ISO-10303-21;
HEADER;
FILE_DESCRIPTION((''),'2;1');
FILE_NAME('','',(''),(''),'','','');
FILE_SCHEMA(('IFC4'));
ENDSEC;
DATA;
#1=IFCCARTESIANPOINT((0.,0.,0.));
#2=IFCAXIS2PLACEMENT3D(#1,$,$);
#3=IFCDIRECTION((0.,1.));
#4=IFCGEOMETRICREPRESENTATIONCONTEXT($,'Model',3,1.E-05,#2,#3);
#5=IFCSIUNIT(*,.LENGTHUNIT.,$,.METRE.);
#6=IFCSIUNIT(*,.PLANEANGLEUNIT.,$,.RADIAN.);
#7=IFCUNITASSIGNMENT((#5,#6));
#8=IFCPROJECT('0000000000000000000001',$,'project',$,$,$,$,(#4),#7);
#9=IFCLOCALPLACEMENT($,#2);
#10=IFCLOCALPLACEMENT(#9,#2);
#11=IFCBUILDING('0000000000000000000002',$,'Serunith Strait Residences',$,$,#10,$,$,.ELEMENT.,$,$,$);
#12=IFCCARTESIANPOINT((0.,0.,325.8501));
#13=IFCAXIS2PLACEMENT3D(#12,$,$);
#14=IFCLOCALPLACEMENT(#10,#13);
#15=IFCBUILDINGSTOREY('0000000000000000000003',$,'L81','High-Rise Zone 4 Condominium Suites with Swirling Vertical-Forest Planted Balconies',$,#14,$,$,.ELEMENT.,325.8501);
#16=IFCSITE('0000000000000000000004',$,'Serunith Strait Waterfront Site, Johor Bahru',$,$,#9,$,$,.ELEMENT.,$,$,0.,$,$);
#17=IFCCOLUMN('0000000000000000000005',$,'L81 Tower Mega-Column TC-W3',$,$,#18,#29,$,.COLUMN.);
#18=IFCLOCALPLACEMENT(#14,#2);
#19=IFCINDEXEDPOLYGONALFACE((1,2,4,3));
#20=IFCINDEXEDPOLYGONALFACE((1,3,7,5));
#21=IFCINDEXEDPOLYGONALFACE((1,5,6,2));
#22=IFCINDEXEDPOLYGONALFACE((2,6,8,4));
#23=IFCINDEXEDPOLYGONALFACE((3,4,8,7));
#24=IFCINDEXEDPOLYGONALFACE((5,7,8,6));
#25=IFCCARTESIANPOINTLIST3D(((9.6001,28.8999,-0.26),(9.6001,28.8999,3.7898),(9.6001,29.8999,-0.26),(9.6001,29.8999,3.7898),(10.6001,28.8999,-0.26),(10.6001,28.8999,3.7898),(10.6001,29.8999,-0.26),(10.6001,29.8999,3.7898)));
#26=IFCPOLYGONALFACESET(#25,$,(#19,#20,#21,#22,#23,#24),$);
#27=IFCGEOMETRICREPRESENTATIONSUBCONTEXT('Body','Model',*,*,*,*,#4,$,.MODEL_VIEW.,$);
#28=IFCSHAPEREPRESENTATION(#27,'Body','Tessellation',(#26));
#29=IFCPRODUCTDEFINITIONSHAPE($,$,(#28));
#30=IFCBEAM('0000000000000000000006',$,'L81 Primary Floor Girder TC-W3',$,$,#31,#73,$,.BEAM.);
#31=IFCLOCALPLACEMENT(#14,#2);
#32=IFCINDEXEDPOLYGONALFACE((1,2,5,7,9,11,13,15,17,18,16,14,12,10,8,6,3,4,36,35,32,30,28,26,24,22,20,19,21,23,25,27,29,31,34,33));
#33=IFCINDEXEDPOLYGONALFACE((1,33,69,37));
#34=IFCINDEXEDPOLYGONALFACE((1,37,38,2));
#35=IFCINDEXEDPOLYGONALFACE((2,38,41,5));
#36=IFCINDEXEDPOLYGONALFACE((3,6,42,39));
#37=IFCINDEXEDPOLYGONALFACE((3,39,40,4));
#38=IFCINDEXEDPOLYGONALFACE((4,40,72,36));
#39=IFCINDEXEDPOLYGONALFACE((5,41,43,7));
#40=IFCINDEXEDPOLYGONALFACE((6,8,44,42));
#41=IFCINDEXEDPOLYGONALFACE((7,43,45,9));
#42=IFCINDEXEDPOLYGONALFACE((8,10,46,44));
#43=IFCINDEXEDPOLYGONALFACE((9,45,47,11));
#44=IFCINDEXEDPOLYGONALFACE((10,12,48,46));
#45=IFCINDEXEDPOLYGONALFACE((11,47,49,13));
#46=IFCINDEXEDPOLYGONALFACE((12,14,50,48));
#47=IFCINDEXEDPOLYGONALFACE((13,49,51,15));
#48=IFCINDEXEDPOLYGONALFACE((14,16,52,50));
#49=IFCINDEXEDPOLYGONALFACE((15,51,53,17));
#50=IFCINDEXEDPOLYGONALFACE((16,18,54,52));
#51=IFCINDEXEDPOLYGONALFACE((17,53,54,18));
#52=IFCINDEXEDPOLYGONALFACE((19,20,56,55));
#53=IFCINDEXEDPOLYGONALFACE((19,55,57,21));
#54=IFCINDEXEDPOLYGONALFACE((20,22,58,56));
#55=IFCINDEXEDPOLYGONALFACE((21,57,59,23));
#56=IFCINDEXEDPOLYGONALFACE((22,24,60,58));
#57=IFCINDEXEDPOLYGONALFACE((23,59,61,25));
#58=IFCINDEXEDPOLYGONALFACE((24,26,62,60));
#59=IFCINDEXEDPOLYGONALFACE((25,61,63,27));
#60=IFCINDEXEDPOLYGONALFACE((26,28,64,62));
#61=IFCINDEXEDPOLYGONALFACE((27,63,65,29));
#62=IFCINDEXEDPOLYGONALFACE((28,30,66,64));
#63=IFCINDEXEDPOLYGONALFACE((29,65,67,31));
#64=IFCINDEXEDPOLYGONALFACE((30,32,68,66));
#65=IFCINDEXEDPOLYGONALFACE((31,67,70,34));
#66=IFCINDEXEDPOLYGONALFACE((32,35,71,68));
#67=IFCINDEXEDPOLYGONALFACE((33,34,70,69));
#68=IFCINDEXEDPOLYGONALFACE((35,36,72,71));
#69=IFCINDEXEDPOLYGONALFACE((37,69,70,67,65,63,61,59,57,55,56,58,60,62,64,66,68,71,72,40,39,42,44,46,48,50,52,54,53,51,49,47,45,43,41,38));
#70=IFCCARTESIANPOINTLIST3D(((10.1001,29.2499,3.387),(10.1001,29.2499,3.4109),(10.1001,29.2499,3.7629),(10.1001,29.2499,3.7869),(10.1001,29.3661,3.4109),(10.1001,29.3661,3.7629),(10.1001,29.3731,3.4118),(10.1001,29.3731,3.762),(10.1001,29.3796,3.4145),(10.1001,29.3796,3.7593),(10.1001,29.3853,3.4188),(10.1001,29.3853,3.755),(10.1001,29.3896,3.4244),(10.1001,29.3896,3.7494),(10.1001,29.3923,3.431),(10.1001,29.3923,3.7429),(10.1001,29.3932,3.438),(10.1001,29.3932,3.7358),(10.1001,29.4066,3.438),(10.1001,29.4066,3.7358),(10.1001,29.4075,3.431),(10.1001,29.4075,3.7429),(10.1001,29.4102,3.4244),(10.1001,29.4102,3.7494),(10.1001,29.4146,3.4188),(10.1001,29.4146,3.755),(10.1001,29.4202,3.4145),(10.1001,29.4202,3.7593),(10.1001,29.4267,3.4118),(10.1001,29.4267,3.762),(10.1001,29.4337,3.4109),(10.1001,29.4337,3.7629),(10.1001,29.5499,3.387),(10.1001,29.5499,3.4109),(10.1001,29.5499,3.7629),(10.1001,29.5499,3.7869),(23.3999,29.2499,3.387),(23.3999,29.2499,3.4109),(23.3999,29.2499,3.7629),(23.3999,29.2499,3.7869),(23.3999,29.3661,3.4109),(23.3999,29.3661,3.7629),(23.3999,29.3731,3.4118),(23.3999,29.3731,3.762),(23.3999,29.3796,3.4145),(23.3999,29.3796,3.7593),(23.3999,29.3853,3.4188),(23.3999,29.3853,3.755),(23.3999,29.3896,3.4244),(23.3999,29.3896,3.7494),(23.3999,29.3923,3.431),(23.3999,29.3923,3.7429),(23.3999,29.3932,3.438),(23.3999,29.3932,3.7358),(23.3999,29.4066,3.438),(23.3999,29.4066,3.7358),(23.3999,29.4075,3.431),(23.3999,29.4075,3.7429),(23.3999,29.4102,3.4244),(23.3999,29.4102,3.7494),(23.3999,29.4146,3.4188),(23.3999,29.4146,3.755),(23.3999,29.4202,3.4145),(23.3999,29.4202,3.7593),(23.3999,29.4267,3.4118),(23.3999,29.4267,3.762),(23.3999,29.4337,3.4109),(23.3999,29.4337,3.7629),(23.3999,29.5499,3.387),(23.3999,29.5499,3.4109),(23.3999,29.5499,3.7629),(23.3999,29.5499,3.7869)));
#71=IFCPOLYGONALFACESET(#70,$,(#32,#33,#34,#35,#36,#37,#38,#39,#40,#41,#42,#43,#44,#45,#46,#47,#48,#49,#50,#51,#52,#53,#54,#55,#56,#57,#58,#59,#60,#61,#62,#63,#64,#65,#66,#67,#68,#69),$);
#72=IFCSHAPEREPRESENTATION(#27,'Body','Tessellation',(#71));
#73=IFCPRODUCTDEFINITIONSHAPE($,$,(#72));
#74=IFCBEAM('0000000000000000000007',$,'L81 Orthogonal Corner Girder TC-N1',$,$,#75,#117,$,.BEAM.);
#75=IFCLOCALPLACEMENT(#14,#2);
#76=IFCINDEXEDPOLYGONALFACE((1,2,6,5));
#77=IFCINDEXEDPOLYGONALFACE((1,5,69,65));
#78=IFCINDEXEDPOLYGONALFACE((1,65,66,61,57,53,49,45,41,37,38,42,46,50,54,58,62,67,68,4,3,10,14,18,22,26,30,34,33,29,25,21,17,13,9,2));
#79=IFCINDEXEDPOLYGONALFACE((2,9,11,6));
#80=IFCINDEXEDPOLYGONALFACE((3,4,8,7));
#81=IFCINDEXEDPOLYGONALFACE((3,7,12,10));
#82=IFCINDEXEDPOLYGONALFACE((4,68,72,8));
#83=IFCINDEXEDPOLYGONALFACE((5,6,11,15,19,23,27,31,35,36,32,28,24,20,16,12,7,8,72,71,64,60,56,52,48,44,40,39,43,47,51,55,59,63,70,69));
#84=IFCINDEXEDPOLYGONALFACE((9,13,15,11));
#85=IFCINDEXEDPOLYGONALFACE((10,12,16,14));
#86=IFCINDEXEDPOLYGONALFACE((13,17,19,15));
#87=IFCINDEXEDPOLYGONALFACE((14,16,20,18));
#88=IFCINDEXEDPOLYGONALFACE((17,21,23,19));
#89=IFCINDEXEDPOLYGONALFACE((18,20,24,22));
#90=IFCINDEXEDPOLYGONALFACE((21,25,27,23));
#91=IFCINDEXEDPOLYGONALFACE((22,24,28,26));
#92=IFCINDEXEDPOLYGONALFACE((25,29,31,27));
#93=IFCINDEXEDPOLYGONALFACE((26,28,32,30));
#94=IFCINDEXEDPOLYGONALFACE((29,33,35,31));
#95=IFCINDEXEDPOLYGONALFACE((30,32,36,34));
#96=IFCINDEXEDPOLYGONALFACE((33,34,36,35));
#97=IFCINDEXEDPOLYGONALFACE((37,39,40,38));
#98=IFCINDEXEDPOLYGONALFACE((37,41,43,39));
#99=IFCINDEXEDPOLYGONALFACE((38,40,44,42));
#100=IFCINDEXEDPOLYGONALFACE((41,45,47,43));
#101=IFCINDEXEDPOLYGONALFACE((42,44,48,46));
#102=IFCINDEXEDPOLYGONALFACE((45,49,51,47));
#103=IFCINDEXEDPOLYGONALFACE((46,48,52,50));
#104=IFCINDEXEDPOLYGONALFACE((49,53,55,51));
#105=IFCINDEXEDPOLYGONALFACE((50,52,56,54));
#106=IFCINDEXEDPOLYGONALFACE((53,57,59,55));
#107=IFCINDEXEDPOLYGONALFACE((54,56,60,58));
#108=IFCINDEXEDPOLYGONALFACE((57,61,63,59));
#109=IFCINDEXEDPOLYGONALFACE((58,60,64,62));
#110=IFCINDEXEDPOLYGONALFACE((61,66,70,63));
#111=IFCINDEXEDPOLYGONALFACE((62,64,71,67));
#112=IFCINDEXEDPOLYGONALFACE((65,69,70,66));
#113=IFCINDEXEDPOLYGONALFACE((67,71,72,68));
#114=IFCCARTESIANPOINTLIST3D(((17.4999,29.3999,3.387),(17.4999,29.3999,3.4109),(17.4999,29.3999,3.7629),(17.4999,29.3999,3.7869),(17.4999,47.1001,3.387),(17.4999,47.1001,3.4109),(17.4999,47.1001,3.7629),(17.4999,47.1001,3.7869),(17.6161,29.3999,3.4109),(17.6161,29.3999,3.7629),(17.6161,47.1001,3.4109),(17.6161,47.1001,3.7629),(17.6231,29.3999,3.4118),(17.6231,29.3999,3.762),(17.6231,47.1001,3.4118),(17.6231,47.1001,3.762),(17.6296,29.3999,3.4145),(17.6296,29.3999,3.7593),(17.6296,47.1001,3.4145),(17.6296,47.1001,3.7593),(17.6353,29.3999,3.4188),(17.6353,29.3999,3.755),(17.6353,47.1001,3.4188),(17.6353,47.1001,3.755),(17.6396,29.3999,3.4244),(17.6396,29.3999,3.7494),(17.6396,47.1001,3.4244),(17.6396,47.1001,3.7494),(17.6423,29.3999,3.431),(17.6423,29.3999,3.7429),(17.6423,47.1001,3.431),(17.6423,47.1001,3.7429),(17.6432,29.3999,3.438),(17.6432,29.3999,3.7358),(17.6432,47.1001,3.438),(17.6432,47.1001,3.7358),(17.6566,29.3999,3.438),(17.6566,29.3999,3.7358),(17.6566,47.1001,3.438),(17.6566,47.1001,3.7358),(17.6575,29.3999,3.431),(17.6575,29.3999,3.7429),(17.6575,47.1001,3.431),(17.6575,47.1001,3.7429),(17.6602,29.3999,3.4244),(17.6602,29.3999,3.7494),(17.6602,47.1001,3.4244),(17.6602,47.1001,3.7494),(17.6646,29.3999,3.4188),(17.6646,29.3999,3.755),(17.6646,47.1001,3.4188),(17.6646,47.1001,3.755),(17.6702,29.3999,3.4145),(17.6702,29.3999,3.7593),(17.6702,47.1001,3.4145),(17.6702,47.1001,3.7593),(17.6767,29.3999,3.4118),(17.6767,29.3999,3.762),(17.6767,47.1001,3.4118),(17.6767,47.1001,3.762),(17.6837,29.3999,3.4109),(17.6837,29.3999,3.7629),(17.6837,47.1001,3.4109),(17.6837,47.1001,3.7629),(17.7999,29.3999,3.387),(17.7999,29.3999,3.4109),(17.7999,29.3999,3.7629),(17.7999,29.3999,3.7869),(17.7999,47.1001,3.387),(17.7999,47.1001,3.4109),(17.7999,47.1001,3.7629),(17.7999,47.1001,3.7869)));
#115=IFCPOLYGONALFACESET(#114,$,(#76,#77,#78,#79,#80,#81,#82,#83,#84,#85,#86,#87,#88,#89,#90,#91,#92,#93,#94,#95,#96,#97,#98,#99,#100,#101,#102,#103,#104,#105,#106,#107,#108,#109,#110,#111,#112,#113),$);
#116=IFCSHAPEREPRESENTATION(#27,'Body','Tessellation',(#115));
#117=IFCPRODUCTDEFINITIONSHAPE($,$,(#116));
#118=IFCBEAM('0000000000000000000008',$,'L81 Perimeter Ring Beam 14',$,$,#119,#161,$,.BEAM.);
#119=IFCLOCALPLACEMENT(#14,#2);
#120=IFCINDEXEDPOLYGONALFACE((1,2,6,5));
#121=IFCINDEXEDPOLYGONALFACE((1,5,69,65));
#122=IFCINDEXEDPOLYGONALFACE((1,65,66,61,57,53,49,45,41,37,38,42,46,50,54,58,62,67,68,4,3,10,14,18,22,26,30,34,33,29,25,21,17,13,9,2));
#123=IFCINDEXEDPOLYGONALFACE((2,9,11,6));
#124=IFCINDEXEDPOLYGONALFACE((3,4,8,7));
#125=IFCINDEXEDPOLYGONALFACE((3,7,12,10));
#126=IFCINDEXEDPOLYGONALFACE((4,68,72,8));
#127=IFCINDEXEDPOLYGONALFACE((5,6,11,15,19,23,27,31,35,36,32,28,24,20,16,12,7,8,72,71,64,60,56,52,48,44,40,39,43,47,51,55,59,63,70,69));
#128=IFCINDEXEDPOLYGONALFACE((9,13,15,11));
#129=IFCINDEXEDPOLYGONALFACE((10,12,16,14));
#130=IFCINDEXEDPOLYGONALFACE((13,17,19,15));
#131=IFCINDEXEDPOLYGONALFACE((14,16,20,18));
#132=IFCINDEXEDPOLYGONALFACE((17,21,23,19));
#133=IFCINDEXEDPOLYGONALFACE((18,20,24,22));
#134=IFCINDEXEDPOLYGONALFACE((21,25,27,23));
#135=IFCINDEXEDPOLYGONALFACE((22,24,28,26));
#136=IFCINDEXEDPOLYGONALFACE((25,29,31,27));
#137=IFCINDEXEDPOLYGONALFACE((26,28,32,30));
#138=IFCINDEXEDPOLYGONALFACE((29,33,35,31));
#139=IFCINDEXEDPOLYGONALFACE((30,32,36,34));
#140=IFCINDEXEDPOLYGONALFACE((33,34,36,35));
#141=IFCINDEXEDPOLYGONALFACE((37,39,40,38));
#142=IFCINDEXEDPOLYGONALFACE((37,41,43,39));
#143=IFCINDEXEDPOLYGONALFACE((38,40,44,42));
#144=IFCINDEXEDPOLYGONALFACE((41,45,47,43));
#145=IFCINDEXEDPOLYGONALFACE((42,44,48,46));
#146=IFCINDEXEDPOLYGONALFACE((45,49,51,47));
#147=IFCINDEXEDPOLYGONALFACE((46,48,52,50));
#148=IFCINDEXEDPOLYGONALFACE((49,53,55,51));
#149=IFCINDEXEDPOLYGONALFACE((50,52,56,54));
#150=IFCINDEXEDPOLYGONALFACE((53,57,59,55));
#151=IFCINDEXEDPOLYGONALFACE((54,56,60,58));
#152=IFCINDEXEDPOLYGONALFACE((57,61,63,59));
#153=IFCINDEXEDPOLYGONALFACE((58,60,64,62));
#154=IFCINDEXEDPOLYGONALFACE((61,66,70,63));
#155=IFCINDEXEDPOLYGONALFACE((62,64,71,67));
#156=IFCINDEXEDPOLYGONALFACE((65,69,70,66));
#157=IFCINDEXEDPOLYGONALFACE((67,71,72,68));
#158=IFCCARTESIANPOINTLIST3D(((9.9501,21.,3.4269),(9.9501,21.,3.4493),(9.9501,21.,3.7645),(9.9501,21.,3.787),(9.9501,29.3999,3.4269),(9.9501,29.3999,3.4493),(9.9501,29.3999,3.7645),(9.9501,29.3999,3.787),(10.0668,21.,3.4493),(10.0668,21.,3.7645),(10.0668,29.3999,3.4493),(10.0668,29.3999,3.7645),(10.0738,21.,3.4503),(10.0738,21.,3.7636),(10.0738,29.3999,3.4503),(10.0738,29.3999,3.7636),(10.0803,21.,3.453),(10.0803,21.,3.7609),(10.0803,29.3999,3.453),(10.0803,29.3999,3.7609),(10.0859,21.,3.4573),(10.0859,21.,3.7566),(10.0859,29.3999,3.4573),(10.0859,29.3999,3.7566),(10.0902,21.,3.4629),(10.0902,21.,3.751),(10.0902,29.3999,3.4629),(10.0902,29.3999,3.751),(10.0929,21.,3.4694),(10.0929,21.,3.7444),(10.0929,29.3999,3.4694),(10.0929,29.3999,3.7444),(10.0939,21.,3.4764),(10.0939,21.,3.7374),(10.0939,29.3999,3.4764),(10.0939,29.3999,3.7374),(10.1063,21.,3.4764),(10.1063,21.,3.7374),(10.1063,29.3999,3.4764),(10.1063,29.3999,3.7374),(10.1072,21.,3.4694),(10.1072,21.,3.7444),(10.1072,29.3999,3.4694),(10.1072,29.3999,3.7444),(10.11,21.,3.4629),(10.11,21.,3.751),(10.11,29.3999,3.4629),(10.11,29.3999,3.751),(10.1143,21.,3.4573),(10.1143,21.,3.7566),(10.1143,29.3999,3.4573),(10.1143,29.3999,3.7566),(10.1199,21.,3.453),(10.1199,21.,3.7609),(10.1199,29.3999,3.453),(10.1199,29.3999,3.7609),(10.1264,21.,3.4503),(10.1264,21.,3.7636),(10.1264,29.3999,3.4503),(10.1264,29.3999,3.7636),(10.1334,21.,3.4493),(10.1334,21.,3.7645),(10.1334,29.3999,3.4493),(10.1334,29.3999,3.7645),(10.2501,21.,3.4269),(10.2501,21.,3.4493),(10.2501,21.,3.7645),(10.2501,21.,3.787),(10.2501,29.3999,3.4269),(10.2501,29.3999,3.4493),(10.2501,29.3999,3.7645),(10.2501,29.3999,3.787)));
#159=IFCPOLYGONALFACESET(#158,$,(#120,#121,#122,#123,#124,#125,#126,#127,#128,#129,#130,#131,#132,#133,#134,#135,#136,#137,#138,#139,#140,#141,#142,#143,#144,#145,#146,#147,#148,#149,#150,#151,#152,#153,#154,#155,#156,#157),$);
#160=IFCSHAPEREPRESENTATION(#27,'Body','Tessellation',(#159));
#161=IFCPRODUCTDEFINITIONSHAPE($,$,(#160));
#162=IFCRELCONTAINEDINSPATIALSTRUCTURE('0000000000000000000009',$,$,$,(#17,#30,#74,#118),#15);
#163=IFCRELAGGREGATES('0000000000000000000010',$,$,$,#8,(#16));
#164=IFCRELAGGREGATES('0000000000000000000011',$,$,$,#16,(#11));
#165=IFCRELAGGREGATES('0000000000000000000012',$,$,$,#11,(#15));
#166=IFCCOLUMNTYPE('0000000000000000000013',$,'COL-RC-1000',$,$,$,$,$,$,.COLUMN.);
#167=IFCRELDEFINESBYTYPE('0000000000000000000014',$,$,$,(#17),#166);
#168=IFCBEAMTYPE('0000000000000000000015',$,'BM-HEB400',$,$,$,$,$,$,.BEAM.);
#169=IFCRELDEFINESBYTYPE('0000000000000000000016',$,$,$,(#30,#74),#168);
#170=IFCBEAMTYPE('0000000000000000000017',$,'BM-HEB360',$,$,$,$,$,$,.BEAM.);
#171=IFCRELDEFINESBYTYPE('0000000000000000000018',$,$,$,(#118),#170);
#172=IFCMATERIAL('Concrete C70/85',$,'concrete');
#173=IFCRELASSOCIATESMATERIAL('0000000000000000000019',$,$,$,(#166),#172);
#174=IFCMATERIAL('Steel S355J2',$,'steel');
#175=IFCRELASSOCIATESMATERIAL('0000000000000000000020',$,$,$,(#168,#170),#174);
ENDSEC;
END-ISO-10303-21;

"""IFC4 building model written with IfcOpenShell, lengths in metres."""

from ifc_helpers import new_model, si_unit, direction, frame, origin, origin_2d, place, context, subcontext, project, spatial, rectangle, i_section, extrude, source, transform, mapped, material, material_profile, profile_set, type_object, element, save


model = new_model("IFC4")

# Units and contexts
model_context = context("Model", 3, precision=1e-05, world=origin(), true_north=direction((0.0, 1.0)))
body_context = subcontext(model_context, "Body", "Model", "MODEL_VIEW")
ifc_project = project(units=[si_unit("LENGTHUNIT", "METRE"), si_unit("PLANEANGLEUNIT", "RADIAN")], contexts=[model_context])

# Site, building, storey
site_placement = place(None, origin())
site = spatial("IfcSite", under=ifc_project, at=site_placement, Name="Serunith Strait Waterfront Site, Johor Bahru", CompositionType="ELEMENT", RefElevation=0.0)
building_placement = place(site_placement, origin())
building = spatial("IfcBuilding", under=site, at=building_placement, Name="Serunith Strait Residences", CompositionType="ELEMENT")
storey_placement = place(building_placement, frame((0.0, 0.0, 325.8501)))
storey = spatial("IfcBuildingStorey", under=building, at=storey_placement, Name="L81", Description="High-Rise Zone 4 Condominium Suites with Swirling Vertical-Forest Planted Balconies", CompositionType="ELEMENT", Elevation=325.8501)

# Column
ifc_material_1 = material(Name="Concrete C70/85", Category="concrete")
ifc_material_profile_1 = material_profile(ifc_material_1, rectangle(XDim=1.0, YDim=1.0, at=origin_2d()), Name="RC 1000x1000")
ifc_profile_set_1 = profile_set([ifc_material_profile_1], Name="Concrete C70/85")
column_type = type_object("IfcColumnType", Name="COL-RC-1000", PredefinedType="COLUMN", material=ifc_profile_set_1)
shared_shape_1 = source(origin(), body_context, "Body", "SweptSolid", [
    extrude(rectangle(XDim=1.0, YDim=1.0, at=origin_2d()), origin(), (0.0, 0.0, 1.0), 4.0498),
])
column_placement = place(storey_placement, frame((10.1001, 29.3999, -0.26), z_axis=(0.0, 0.0, 1.0), x_axis=(1.0, 0.0, 0.0)))
element("IfcColumn", 1, at=column_placement, inside=storey, type_object=column_type, Name="L81 Tower Mega-Column TC-W3", PredefinedType="COLUMN", context=body_context, shape_type="MappedRepresentation", body=[
    mapped(shared_shape_1, transform((0.0, 0.0, 0.0), scale=1.0)),
])

# Beams
ifc_material_2 = material(Name="Steel S355J2", Category="steel")
ifc_material_profile_2 = material_profile(ifc_material_2, i_section(OverallWidth=0.3, OverallDepth=0.3999, WebThickness=0.0134, FlangeThickness=0.0239, FilletRadius=0.0271, at=origin_2d()), Name="HEB 400")
ifc_profile_set_2 = profile_set([ifc_material_profile_2], Name="Steel S355J2")
beam_type_1 = type_object("IfcBeamType", Name="BM-HEB400", PredefinedType="BEAM", material=ifc_profile_set_2)
shared_shape_2 = source(origin(), body_context, "Body", "SweptSolid", [
    extrude(i_section(OverallWidth=0.3, OverallDepth=0.3999, WebThickness=0.0134, FlangeThickness=0.0239, FilletRadius=0.0271, at=origin_2d()), origin(), (0.0, 0.0, 1.0), 13.2998),
])
beam_1_placement = place(storey_placement, frame((23.3999, 29.3999, 3.5869), z_axis=(-1.0, 0.0, 0.0), x_axis=(0.0, -1.0, 0.0)))
element("IfcBeam", 2, at=beam_1_placement, inside=storey, type_object=beam_type_1, Name="L81 Primary Floor Girder TC-W3", PredefinedType="BEAM", context=body_context, shape_type="MappedRepresentation", body=[
    mapped(shared_shape_2, transform((0.0, 0.0, 0.0), scale=1.0)),
])
shared_shape_3 = source(origin(), body_context, "Body", "SweptSolid", [
    extrude(i_section(OverallWidth=0.3, OverallDepth=0.3999, WebThickness=0.0134, FlangeThickness=0.0239, FilletRadius=0.0271, at=origin_2d()), origin(), (0.0, 0.0, 1.0), 17.7002),
])
beam_2_placement = place(storey_placement, frame((17.6499, 29.3999, 3.5869), z_axis=(0.0, 1.0, 0.0), x_axis=(-1.0, 0.0, 0.0)))
element("IfcBeam", 3, at=beam_2_placement, inside=storey, type_object=beam_type_1, Name="L81 Orthogonal Corner Girder TC-N1", PredefinedType="BEAM", context=body_context, shape_type="MappedRepresentation", body=[
    mapped(shared_shape_3, transform((0.0, 0.0, 0.0), scale=1.0)),
])
ifc_material_profile_3 = material_profile(ifc_material_2, i_section(OverallWidth=0.3, OverallDepth=0.3601, WebThickness=0.0125, FlangeThickness=0.0225, FilletRadius=0.0271, at=origin_2d()), Name="HEB 360")
ifc_profile_set_3 = profile_set([ifc_material_profile_3], Name="Steel S355J2")
beam_type_2 = type_object("IfcBeamType", Name="BM-HEB360", PredefinedType="BEAM", material=ifc_profile_set_3)
shared_shape_4 = source(origin(), body_context, "Body", "SweptSolid", [
    extrude(i_section(OverallWidth=0.3, OverallDepth=0.3601, WebThickness=0.0125, FlangeThickness=0.0225, FilletRadius=0.0271, at=origin_2d()), origin(), (0.0, 0.0, 1.0), 8.3999),
])
beam_3_placement = place(storey_placement, frame((10.1001, 29.3999, 3.6069), z_axis=(0.0, -1.0, 0.0), x_axis=(1.0, 0.0, 0.0)))
element("IfcBeam", 4, at=beam_3_placement, inside=storey, type_object=beam_type_2, Name="L81 Perimeter Ring Beam 14", PredefinedType="BEAM", context=body_context, shape_type="MappedRepresentation", body=[
    mapped(shared_shape_4, transform((0.0, 0.0, 0.0), scale=1.0)),
])

save(model, "model.ifc")
